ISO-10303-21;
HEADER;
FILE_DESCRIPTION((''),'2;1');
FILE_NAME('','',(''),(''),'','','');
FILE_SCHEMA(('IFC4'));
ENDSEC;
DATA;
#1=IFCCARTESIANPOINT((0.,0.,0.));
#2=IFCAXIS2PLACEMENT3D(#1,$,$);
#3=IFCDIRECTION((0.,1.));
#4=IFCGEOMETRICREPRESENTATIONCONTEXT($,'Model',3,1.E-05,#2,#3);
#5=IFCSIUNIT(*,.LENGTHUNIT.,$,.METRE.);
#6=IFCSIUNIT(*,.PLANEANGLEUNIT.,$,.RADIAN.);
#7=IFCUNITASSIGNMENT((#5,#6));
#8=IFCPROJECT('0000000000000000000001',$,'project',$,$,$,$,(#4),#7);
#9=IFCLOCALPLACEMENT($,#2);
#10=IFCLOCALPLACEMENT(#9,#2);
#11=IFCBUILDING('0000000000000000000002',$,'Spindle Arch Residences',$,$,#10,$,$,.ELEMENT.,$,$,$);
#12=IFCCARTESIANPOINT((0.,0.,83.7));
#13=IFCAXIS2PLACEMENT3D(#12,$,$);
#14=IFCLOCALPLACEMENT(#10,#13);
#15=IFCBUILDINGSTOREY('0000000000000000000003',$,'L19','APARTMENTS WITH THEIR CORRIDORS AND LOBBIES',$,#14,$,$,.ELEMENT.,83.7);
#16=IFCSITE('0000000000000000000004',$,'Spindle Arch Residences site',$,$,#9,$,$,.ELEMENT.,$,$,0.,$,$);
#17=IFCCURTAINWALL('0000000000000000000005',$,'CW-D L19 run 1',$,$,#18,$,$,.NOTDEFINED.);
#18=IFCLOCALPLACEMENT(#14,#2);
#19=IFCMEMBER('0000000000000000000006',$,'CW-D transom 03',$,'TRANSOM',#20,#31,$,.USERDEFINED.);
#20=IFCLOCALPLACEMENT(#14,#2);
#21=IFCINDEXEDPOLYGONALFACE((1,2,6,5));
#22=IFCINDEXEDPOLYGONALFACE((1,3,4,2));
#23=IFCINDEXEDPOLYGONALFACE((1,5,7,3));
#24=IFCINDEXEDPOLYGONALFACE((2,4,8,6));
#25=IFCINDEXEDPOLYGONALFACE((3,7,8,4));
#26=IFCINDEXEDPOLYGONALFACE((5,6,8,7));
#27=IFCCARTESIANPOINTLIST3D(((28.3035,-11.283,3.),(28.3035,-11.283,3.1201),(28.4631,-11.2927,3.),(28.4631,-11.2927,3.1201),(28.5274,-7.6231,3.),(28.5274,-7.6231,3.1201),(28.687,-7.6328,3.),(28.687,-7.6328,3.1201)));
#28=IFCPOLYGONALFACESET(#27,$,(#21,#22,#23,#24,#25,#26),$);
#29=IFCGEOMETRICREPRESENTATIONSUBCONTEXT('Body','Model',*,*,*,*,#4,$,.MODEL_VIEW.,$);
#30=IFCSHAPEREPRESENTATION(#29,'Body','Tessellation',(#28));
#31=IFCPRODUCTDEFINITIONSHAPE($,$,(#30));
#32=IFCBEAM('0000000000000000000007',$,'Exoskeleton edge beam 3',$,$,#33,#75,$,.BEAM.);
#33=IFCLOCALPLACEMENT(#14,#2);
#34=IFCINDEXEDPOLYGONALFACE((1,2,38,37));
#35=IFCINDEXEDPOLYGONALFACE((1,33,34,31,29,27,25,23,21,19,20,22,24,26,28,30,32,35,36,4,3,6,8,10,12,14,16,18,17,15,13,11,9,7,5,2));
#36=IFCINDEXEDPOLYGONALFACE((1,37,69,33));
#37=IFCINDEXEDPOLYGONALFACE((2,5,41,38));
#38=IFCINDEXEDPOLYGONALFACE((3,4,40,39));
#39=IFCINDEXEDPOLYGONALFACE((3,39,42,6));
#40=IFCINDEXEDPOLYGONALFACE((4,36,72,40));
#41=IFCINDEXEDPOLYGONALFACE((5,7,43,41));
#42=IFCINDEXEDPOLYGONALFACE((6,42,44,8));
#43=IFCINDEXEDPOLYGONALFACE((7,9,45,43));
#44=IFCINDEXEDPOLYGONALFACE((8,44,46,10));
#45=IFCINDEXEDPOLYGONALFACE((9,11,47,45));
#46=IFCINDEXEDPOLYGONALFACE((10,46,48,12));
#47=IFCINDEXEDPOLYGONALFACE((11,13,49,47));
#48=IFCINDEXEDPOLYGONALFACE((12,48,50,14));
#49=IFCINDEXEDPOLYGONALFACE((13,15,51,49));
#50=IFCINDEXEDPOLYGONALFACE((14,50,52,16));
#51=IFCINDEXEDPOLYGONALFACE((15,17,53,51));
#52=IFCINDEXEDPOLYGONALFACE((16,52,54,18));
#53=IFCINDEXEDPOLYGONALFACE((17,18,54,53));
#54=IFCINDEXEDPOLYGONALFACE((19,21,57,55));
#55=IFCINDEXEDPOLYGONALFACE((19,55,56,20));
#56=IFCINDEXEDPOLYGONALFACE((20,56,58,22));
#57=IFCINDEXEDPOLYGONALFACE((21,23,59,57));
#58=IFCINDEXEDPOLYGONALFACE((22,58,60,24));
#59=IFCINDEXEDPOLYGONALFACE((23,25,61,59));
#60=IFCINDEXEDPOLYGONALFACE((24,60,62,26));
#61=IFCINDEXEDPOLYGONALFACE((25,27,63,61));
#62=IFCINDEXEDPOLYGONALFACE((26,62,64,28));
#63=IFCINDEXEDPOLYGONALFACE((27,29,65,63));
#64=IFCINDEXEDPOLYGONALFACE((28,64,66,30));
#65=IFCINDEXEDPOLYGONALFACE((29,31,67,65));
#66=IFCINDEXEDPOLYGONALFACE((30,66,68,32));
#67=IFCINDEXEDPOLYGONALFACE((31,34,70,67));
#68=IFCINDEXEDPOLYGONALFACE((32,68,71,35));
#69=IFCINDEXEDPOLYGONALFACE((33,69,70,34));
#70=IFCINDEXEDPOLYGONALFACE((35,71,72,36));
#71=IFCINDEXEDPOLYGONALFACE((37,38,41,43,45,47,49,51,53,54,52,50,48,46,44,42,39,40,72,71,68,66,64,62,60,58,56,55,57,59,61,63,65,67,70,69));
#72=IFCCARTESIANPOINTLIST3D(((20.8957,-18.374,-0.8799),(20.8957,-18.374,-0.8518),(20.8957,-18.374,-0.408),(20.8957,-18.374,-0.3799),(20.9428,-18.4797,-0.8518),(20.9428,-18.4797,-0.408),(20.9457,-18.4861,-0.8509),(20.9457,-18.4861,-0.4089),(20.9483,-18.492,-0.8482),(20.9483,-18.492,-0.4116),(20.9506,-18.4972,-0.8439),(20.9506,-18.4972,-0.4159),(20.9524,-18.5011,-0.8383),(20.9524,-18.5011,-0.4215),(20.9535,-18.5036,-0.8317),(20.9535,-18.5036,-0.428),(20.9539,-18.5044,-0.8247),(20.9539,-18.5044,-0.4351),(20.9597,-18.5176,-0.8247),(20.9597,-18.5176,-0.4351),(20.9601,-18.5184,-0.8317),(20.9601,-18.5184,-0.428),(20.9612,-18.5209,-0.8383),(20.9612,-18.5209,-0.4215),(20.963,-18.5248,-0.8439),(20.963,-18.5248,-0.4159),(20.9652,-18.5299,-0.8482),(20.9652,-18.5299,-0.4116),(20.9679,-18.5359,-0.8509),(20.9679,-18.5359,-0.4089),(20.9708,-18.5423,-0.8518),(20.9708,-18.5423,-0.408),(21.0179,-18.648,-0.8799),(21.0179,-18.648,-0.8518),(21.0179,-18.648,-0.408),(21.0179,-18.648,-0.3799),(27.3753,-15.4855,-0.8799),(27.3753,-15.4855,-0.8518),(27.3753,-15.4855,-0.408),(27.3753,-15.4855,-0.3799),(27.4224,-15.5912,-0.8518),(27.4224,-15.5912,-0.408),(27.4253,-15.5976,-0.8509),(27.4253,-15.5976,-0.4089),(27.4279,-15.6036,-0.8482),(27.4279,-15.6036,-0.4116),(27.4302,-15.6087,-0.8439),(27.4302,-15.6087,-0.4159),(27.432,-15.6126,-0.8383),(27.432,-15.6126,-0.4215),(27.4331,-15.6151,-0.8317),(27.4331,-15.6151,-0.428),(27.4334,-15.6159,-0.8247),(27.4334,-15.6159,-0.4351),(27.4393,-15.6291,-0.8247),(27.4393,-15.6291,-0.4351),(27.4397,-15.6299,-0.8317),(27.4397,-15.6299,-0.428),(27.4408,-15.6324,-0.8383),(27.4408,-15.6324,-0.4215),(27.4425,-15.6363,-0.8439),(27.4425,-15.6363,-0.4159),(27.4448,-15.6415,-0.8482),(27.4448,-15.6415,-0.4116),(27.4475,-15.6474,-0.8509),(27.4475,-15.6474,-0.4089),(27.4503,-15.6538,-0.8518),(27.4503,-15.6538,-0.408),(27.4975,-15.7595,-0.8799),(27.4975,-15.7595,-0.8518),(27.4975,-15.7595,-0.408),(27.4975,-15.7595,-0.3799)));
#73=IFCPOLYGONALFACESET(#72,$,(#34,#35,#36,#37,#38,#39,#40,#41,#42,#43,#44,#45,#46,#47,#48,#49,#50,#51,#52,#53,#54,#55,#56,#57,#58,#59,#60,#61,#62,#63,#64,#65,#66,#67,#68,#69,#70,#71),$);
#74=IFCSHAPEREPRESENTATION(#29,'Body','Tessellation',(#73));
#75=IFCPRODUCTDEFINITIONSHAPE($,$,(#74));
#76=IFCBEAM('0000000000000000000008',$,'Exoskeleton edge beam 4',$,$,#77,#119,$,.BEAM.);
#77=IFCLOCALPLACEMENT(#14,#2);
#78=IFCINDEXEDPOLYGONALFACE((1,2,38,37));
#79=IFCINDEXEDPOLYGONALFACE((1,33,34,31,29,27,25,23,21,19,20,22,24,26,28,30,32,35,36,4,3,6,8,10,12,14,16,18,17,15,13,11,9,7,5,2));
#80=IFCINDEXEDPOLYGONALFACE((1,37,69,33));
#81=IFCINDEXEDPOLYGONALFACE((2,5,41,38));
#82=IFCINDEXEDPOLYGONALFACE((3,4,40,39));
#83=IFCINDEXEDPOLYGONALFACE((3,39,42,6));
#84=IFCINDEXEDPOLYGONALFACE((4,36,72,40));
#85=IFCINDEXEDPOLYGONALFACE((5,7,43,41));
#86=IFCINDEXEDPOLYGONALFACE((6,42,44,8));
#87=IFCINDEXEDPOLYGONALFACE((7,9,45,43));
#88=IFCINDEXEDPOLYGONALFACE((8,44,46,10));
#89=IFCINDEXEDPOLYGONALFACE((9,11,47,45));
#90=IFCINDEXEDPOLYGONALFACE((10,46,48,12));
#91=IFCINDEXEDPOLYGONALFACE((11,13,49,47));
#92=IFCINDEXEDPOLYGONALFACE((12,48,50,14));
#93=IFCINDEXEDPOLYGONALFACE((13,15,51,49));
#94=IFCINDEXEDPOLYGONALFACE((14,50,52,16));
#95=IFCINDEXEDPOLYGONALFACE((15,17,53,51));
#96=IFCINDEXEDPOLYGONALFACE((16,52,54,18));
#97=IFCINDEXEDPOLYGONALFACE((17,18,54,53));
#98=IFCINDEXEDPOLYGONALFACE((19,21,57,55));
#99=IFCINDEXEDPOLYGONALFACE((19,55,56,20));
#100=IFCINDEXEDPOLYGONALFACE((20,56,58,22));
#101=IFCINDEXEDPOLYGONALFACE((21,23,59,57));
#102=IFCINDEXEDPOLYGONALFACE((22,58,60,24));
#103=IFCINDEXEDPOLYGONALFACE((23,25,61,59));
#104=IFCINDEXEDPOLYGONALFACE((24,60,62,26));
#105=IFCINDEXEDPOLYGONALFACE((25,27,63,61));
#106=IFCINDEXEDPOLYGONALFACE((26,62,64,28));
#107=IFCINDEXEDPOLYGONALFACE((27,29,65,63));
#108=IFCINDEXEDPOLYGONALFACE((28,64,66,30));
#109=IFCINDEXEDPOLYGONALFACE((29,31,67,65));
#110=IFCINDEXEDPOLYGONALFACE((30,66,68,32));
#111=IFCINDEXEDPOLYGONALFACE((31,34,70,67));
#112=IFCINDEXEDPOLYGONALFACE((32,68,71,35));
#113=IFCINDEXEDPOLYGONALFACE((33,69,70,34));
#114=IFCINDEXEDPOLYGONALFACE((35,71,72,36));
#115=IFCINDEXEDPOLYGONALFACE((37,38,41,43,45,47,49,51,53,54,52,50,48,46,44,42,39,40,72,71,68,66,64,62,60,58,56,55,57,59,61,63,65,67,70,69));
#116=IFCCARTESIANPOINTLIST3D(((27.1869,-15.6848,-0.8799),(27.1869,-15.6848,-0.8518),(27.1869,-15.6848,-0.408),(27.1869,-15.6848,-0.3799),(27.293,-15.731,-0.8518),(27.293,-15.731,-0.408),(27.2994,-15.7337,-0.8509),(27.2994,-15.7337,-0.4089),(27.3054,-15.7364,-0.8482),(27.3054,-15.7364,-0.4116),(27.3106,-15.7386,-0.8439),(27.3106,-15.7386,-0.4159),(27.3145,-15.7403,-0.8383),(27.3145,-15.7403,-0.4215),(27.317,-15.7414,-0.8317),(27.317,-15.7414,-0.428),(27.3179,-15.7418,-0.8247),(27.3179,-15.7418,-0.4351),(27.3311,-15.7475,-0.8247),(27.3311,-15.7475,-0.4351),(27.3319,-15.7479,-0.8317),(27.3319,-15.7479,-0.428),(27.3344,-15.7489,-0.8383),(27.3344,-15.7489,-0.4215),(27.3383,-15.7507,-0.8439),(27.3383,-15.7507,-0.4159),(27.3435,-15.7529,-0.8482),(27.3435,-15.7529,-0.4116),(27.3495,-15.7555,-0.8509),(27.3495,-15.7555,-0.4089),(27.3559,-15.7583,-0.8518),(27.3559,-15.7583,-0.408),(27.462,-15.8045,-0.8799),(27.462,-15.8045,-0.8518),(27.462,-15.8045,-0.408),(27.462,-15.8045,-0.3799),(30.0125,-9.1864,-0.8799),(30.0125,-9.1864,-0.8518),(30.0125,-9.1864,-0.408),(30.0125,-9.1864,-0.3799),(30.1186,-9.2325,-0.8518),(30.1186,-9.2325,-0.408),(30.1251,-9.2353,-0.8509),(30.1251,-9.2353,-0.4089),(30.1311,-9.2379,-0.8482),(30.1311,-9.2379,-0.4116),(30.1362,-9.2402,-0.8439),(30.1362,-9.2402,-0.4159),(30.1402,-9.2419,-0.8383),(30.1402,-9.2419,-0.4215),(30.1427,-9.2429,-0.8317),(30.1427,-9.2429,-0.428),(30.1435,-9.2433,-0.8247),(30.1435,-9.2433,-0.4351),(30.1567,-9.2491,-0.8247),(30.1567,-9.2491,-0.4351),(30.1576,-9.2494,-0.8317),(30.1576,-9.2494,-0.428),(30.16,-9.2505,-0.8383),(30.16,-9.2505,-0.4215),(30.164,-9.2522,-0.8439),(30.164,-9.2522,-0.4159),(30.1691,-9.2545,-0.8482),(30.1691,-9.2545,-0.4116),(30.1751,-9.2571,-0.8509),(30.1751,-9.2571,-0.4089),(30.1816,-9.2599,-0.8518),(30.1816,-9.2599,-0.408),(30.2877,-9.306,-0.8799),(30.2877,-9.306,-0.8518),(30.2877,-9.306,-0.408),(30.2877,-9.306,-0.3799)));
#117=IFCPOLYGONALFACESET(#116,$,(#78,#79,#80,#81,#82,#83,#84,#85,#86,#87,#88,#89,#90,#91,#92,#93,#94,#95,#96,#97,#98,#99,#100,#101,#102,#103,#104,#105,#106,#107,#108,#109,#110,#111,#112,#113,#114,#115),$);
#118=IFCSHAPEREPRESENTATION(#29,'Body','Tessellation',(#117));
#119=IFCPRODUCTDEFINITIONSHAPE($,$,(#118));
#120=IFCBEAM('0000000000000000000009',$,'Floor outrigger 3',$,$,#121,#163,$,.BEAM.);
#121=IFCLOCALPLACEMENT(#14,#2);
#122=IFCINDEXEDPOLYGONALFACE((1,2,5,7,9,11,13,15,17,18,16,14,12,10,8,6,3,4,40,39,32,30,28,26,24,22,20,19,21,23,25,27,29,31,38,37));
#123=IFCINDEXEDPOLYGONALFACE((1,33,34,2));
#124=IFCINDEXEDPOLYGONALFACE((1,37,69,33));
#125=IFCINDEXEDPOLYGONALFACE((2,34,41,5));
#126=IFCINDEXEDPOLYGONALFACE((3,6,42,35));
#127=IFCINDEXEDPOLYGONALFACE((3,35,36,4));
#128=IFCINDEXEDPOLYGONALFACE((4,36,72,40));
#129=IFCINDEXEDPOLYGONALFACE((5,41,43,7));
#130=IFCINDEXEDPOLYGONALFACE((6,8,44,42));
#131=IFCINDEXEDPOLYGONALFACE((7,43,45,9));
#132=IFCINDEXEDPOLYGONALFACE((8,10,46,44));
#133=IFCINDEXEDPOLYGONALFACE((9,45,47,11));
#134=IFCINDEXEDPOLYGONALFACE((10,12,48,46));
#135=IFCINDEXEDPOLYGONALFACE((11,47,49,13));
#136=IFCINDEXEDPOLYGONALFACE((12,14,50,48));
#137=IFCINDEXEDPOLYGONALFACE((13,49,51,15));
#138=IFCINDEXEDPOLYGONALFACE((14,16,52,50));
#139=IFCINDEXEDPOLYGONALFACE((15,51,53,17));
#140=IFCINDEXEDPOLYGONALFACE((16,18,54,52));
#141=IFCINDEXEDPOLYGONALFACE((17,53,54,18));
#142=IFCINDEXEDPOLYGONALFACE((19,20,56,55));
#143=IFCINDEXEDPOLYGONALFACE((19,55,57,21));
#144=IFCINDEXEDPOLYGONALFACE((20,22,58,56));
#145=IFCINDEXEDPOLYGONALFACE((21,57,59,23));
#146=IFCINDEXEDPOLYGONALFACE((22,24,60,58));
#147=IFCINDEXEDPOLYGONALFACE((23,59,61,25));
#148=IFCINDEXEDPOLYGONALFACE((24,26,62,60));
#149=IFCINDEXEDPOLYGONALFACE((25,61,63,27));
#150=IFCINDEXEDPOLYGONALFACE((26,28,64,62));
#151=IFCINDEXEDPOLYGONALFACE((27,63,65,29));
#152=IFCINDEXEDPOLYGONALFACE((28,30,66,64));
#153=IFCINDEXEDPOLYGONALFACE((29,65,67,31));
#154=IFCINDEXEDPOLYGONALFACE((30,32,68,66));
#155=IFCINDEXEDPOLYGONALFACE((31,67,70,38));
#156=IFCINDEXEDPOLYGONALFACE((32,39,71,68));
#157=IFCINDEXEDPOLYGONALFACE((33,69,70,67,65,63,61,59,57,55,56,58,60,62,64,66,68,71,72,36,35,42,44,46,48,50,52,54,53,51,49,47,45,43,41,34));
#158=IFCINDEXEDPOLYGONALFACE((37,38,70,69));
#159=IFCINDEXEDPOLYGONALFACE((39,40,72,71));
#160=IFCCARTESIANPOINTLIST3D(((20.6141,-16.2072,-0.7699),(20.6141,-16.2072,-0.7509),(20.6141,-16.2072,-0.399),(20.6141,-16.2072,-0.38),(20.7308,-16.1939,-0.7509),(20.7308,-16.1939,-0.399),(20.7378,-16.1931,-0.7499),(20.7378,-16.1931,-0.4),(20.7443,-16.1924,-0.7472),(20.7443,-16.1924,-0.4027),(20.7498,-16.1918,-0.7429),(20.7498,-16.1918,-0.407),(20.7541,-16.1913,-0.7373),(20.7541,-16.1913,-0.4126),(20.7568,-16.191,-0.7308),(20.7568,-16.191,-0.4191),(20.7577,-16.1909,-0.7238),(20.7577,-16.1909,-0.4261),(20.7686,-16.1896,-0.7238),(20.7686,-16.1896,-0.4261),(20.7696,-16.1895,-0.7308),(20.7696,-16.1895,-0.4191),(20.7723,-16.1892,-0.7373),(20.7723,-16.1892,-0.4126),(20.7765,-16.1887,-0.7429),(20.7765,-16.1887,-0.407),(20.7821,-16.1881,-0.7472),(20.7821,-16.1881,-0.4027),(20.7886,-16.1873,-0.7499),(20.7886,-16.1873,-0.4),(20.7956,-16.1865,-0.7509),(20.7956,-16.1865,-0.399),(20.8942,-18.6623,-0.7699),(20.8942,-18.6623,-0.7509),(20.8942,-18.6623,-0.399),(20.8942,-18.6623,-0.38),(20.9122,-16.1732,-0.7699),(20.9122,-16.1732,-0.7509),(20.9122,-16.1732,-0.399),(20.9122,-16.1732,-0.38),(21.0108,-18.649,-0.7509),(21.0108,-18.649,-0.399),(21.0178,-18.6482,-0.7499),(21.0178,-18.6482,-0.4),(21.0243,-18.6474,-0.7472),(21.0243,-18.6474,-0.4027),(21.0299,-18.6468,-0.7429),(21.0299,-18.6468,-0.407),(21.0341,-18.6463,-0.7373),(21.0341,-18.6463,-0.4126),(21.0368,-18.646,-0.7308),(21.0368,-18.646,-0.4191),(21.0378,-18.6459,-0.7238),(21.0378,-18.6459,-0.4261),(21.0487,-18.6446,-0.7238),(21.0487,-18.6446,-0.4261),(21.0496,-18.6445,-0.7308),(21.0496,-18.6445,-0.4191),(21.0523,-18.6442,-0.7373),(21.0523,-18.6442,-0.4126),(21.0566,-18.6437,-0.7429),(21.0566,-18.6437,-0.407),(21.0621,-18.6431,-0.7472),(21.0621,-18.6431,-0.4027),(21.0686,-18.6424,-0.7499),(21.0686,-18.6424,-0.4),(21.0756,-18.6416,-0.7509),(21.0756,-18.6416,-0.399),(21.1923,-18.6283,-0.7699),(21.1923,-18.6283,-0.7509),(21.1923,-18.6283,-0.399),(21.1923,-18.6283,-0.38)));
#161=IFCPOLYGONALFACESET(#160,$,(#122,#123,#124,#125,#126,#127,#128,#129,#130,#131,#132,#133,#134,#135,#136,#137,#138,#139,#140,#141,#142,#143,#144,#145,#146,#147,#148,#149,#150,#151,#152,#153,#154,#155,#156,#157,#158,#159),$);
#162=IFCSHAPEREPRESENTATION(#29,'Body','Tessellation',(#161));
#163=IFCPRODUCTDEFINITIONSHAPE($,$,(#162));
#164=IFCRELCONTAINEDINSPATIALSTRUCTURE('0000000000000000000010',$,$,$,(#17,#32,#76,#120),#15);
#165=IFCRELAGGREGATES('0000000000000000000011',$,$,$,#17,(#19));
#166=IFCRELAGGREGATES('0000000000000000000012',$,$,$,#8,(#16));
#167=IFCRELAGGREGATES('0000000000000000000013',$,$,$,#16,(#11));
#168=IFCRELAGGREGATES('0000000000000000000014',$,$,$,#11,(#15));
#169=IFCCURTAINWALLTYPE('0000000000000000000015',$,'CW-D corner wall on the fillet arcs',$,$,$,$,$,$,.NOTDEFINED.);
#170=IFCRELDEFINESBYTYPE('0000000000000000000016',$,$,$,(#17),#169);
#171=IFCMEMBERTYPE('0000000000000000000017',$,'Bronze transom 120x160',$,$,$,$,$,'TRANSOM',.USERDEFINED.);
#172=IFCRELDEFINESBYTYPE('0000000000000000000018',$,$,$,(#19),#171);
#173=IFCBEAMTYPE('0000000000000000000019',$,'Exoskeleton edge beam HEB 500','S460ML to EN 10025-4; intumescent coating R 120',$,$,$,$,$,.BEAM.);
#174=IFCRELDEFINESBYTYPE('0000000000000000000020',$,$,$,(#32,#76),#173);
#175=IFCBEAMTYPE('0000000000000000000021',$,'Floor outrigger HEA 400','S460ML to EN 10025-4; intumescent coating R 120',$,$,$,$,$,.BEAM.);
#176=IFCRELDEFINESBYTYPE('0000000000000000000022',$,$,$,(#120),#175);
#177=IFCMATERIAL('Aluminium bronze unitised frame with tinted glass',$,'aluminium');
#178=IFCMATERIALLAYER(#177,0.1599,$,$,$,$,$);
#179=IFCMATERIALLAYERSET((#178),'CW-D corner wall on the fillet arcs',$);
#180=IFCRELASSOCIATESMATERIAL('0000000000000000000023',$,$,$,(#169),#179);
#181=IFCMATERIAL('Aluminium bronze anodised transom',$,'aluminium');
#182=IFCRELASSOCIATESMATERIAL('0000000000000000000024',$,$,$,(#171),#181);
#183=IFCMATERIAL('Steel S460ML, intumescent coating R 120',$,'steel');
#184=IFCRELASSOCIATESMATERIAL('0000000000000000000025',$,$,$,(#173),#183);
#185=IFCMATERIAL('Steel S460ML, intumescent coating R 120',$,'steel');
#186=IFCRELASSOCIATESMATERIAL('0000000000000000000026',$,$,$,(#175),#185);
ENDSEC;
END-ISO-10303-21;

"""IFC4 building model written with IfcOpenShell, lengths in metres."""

from ifc_helpers import new_model, si_unit, direction, frame, origin, origin_2d, place, context, subcontext, project, spatial, rectangle, i_section, extrude, material, layer, layer_set, material_profile, profile_set, type_object, element, aggregate, save


model = new_model("IFC4")

# Units and contexts
model_context = context("Model", 3, precision=1e-05, world=origin(), true_north=direction((0.0, 1.0)))
body_context = subcontext(model_context, "Body", "Model", "MODEL_VIEW")
ifc_project = project(units=[si_unit("LENGTHUNIT", "METRE"), si_unit("PLANEANGLEUNIT", "RADIAN")], contexts=[model_context])

# Site, building, storey
site_placement = place(None, origin())
site = spatial("IfcSite", under=ifc_project, at=site_placement, Name="Spindle Arch Residences site", CompositionType="ELEMENT", RefElevation=0.0)
building_placement = place(site_placement, origin())
building = spatial("IfcBuilding", under=site, at=building_placement, Name="Spindle Arch Residences", CompositionType="ELEMENT")
storey_placement = place(building_placement, frame((0.0, 0.0, 83.7)))
storey = spatial("IfcBuildingStorey", under=building, at=storey_placement, Name="L19", Description="APARTMENTS WITH THEIR CORRIDORS AND LOBBIES", CompositionType="ELEMENT", Elevation=83.7)

# Curtain wall, member
ifc_material_1 = material(Name="Aluminium bronze unitised frame with tinted glass", Category="aluminium")
ifc_layer_1 = layer(ifc_material_1, 0.1599)
ifc_layer_set_1 = layer_set([ifc_layer_1], Name="CW-D corner wall on the fillet arcs")
curtain_wall_type_1 = type_object("IfcCurtainWallType", Name="CW-D corner wall on the fillet arcs", PredefinedType="NOTDEFINED", material=ifc_layer_set_1)
curtain_wall_1_placement = place(storey_placement, origin())
curtain_wall_1 = element("IfcCurtainWall", 1, at=curtain_wall_1_placement, inside=storey, type_object=curtain_wall_type_1, Name="CW-D L19 run 1", PredefinedType="NOTDEFINED")
ifc_material_2 = material(Name="Aluminium bronze anodised transom", Category="aluminium")
ifc_material_profile_1 = material_profile(ifc_material_2, rectangle(XDim=0.1599, YDim=0.1201, at=origin_2d()), Name="TR 120x160")
ifc_profile_set_1 = profile_set([ifc_material_profile_1], Name="Aluminium bronze anodised transom")
member_type_1 = type_object("IfcMemberType", Name="Bronze transom 120x160", ElementType="TRANSOM", PredefinedType="USERDEFINED", material=ifc_profile_set_1)
member_1_placement = place(storey_placement, frame((28.3833, -11.2878, 3.0601), z_axis=(0.061056, 0.998134, 0.0), x_axis=(-0.998134, 0.061056, 0.0)))
member_1 = element("IfcMember", 2, at=member_1_placement, type_object=member_type_1, Name="CW-D transom 03", ObjectType="TRANSOM", PredefinedType="USERDEFINED", context=body_context, shape_type="SweptSolid", body=[
    extrude(rectangle(XDim=0.1599, YDim=0.1201, at=origin_2d()), origin(), (0.0, 0.0, 1.0), 3.6667),
])

# Beams
ifc_material_3 = material(Name="Steel S460ML, intumescent coating R 120", Category="steel")
ifc_material_profile_2 = material_profile(ifc_material_3, i_section(OverallWidth=0.3, OverallDepth=0.5, WebThickness=0.0144, FlangeThickness=0.0281, FilletRadius=0.0271, at=origin_2d()), Name="HEB 500")
ifc_profile_set_2 = profile_set([ifc_material_profile_2], Name="Steel S460ML, intumescent coating R 120")
beam_type_1 = type_object("IfcBeamType", Name="Exoskeleton edge beam HEB 500", Description="S460ML to EN 10025-4; intumescent coating R 120", PredefinedType="BEAM", material=ifc_profile_set_2)
beam_1_placement = place(storey_placement, frame((20.9568, -18.511, -0.6299), z_axis=(0.913358, 0.407157, 0.0), x_axis=(-0.407157, 0.913358, 0.0)))
element("IfcBeam", 3, at=beam_1_placement, inside=storey, type_object=beam_type_1, Name="Exoskeleton edge beam 3", PredefinedType="BEAM", context=body_context, shape_type="SweptSolid", body=[
    extrude(i_section(OverallWidth=0.3, OverallDepth=0.5, WebThickness=0.0144, FlangeThickness=0.0281, FilletRadius=0.0271, at=origin_2d()), origin(), (0.0, 0.0, 1.0), 7.0942),
])
beam_2_placement = place(storey_placement, frame((27.3245, -15.7446, -0.6299), z_axis=(0.398754, 0.917058, 0.0), x_axis=(-0.917058, 0.398754, 0.0)))
element("IfcBeam", 4, at=beam_2_placement, inside=storey, type_object=beam_type_1, Name="Exoskeleton edge beam 4", PredefinedType="BEAM", context=body_context, shape_type="SweptSolid", body=[
    extrude(i_section(OverallWidth=0.3, OverallDepth=0.5, WebThickness=0.0144, FlangeThickness=0.0281, FilletRadius=0.0271, at=origin_2d()), origin(), (0.0, 0.0, 1.0), 7.0862),
])
ifc_material_4 = material(Name="Steel S460ML, intumescent coating R 120", Category="steel")
ifc_material_profile_3 = material_profile(ifc_material_4, i_section(OverallWidth=0.3, OverallDepth=0.3899, WebThickness=0.011, FlangeThickness=0.019, FilletRadius=0.0271, at=origin_2d()), Name="HEA 400")
ifc_profile_set_3 = profile_set([ifc_material_profile_3], Name="Steel S460ML, intumescent coating R 120")
beam_type_2 = type_object("IfcBeamType", Name="Floor outrigger HEA 400", Description="S460ML to EN 10025-4; intumescent coating R 120", PredefinedType="BEAM", material=ifc_profile_set_3)
beam_3_placement = place(storey_placement, frame((21.0432, -18.6453, -0.575), z_axis=(-0.113326, 0.993558, 0.0), x_axis=(-0.993558, -0.113326, 0.0)))
element("IfcBeam", 5, at=beam_3_placement, inside=storey, type_object=beam_type_2, Name="Floor outrigger 3", PredefinedType="BEAM", context=body_context, shape_type="SweptSolid", body=[
    extrude(i_section(OverallWidth=0.3, OverallDepth=0.3899, WebThickness=0.011, FlangeThickness=0.019, FilletRadius=0.0271, at=origin_2d()), origin(), (0.0, 0.0, 1.0), 2.4709),
])

aggregate(curtain_wall_1, [member_1])

save(model, "model.ifc")
